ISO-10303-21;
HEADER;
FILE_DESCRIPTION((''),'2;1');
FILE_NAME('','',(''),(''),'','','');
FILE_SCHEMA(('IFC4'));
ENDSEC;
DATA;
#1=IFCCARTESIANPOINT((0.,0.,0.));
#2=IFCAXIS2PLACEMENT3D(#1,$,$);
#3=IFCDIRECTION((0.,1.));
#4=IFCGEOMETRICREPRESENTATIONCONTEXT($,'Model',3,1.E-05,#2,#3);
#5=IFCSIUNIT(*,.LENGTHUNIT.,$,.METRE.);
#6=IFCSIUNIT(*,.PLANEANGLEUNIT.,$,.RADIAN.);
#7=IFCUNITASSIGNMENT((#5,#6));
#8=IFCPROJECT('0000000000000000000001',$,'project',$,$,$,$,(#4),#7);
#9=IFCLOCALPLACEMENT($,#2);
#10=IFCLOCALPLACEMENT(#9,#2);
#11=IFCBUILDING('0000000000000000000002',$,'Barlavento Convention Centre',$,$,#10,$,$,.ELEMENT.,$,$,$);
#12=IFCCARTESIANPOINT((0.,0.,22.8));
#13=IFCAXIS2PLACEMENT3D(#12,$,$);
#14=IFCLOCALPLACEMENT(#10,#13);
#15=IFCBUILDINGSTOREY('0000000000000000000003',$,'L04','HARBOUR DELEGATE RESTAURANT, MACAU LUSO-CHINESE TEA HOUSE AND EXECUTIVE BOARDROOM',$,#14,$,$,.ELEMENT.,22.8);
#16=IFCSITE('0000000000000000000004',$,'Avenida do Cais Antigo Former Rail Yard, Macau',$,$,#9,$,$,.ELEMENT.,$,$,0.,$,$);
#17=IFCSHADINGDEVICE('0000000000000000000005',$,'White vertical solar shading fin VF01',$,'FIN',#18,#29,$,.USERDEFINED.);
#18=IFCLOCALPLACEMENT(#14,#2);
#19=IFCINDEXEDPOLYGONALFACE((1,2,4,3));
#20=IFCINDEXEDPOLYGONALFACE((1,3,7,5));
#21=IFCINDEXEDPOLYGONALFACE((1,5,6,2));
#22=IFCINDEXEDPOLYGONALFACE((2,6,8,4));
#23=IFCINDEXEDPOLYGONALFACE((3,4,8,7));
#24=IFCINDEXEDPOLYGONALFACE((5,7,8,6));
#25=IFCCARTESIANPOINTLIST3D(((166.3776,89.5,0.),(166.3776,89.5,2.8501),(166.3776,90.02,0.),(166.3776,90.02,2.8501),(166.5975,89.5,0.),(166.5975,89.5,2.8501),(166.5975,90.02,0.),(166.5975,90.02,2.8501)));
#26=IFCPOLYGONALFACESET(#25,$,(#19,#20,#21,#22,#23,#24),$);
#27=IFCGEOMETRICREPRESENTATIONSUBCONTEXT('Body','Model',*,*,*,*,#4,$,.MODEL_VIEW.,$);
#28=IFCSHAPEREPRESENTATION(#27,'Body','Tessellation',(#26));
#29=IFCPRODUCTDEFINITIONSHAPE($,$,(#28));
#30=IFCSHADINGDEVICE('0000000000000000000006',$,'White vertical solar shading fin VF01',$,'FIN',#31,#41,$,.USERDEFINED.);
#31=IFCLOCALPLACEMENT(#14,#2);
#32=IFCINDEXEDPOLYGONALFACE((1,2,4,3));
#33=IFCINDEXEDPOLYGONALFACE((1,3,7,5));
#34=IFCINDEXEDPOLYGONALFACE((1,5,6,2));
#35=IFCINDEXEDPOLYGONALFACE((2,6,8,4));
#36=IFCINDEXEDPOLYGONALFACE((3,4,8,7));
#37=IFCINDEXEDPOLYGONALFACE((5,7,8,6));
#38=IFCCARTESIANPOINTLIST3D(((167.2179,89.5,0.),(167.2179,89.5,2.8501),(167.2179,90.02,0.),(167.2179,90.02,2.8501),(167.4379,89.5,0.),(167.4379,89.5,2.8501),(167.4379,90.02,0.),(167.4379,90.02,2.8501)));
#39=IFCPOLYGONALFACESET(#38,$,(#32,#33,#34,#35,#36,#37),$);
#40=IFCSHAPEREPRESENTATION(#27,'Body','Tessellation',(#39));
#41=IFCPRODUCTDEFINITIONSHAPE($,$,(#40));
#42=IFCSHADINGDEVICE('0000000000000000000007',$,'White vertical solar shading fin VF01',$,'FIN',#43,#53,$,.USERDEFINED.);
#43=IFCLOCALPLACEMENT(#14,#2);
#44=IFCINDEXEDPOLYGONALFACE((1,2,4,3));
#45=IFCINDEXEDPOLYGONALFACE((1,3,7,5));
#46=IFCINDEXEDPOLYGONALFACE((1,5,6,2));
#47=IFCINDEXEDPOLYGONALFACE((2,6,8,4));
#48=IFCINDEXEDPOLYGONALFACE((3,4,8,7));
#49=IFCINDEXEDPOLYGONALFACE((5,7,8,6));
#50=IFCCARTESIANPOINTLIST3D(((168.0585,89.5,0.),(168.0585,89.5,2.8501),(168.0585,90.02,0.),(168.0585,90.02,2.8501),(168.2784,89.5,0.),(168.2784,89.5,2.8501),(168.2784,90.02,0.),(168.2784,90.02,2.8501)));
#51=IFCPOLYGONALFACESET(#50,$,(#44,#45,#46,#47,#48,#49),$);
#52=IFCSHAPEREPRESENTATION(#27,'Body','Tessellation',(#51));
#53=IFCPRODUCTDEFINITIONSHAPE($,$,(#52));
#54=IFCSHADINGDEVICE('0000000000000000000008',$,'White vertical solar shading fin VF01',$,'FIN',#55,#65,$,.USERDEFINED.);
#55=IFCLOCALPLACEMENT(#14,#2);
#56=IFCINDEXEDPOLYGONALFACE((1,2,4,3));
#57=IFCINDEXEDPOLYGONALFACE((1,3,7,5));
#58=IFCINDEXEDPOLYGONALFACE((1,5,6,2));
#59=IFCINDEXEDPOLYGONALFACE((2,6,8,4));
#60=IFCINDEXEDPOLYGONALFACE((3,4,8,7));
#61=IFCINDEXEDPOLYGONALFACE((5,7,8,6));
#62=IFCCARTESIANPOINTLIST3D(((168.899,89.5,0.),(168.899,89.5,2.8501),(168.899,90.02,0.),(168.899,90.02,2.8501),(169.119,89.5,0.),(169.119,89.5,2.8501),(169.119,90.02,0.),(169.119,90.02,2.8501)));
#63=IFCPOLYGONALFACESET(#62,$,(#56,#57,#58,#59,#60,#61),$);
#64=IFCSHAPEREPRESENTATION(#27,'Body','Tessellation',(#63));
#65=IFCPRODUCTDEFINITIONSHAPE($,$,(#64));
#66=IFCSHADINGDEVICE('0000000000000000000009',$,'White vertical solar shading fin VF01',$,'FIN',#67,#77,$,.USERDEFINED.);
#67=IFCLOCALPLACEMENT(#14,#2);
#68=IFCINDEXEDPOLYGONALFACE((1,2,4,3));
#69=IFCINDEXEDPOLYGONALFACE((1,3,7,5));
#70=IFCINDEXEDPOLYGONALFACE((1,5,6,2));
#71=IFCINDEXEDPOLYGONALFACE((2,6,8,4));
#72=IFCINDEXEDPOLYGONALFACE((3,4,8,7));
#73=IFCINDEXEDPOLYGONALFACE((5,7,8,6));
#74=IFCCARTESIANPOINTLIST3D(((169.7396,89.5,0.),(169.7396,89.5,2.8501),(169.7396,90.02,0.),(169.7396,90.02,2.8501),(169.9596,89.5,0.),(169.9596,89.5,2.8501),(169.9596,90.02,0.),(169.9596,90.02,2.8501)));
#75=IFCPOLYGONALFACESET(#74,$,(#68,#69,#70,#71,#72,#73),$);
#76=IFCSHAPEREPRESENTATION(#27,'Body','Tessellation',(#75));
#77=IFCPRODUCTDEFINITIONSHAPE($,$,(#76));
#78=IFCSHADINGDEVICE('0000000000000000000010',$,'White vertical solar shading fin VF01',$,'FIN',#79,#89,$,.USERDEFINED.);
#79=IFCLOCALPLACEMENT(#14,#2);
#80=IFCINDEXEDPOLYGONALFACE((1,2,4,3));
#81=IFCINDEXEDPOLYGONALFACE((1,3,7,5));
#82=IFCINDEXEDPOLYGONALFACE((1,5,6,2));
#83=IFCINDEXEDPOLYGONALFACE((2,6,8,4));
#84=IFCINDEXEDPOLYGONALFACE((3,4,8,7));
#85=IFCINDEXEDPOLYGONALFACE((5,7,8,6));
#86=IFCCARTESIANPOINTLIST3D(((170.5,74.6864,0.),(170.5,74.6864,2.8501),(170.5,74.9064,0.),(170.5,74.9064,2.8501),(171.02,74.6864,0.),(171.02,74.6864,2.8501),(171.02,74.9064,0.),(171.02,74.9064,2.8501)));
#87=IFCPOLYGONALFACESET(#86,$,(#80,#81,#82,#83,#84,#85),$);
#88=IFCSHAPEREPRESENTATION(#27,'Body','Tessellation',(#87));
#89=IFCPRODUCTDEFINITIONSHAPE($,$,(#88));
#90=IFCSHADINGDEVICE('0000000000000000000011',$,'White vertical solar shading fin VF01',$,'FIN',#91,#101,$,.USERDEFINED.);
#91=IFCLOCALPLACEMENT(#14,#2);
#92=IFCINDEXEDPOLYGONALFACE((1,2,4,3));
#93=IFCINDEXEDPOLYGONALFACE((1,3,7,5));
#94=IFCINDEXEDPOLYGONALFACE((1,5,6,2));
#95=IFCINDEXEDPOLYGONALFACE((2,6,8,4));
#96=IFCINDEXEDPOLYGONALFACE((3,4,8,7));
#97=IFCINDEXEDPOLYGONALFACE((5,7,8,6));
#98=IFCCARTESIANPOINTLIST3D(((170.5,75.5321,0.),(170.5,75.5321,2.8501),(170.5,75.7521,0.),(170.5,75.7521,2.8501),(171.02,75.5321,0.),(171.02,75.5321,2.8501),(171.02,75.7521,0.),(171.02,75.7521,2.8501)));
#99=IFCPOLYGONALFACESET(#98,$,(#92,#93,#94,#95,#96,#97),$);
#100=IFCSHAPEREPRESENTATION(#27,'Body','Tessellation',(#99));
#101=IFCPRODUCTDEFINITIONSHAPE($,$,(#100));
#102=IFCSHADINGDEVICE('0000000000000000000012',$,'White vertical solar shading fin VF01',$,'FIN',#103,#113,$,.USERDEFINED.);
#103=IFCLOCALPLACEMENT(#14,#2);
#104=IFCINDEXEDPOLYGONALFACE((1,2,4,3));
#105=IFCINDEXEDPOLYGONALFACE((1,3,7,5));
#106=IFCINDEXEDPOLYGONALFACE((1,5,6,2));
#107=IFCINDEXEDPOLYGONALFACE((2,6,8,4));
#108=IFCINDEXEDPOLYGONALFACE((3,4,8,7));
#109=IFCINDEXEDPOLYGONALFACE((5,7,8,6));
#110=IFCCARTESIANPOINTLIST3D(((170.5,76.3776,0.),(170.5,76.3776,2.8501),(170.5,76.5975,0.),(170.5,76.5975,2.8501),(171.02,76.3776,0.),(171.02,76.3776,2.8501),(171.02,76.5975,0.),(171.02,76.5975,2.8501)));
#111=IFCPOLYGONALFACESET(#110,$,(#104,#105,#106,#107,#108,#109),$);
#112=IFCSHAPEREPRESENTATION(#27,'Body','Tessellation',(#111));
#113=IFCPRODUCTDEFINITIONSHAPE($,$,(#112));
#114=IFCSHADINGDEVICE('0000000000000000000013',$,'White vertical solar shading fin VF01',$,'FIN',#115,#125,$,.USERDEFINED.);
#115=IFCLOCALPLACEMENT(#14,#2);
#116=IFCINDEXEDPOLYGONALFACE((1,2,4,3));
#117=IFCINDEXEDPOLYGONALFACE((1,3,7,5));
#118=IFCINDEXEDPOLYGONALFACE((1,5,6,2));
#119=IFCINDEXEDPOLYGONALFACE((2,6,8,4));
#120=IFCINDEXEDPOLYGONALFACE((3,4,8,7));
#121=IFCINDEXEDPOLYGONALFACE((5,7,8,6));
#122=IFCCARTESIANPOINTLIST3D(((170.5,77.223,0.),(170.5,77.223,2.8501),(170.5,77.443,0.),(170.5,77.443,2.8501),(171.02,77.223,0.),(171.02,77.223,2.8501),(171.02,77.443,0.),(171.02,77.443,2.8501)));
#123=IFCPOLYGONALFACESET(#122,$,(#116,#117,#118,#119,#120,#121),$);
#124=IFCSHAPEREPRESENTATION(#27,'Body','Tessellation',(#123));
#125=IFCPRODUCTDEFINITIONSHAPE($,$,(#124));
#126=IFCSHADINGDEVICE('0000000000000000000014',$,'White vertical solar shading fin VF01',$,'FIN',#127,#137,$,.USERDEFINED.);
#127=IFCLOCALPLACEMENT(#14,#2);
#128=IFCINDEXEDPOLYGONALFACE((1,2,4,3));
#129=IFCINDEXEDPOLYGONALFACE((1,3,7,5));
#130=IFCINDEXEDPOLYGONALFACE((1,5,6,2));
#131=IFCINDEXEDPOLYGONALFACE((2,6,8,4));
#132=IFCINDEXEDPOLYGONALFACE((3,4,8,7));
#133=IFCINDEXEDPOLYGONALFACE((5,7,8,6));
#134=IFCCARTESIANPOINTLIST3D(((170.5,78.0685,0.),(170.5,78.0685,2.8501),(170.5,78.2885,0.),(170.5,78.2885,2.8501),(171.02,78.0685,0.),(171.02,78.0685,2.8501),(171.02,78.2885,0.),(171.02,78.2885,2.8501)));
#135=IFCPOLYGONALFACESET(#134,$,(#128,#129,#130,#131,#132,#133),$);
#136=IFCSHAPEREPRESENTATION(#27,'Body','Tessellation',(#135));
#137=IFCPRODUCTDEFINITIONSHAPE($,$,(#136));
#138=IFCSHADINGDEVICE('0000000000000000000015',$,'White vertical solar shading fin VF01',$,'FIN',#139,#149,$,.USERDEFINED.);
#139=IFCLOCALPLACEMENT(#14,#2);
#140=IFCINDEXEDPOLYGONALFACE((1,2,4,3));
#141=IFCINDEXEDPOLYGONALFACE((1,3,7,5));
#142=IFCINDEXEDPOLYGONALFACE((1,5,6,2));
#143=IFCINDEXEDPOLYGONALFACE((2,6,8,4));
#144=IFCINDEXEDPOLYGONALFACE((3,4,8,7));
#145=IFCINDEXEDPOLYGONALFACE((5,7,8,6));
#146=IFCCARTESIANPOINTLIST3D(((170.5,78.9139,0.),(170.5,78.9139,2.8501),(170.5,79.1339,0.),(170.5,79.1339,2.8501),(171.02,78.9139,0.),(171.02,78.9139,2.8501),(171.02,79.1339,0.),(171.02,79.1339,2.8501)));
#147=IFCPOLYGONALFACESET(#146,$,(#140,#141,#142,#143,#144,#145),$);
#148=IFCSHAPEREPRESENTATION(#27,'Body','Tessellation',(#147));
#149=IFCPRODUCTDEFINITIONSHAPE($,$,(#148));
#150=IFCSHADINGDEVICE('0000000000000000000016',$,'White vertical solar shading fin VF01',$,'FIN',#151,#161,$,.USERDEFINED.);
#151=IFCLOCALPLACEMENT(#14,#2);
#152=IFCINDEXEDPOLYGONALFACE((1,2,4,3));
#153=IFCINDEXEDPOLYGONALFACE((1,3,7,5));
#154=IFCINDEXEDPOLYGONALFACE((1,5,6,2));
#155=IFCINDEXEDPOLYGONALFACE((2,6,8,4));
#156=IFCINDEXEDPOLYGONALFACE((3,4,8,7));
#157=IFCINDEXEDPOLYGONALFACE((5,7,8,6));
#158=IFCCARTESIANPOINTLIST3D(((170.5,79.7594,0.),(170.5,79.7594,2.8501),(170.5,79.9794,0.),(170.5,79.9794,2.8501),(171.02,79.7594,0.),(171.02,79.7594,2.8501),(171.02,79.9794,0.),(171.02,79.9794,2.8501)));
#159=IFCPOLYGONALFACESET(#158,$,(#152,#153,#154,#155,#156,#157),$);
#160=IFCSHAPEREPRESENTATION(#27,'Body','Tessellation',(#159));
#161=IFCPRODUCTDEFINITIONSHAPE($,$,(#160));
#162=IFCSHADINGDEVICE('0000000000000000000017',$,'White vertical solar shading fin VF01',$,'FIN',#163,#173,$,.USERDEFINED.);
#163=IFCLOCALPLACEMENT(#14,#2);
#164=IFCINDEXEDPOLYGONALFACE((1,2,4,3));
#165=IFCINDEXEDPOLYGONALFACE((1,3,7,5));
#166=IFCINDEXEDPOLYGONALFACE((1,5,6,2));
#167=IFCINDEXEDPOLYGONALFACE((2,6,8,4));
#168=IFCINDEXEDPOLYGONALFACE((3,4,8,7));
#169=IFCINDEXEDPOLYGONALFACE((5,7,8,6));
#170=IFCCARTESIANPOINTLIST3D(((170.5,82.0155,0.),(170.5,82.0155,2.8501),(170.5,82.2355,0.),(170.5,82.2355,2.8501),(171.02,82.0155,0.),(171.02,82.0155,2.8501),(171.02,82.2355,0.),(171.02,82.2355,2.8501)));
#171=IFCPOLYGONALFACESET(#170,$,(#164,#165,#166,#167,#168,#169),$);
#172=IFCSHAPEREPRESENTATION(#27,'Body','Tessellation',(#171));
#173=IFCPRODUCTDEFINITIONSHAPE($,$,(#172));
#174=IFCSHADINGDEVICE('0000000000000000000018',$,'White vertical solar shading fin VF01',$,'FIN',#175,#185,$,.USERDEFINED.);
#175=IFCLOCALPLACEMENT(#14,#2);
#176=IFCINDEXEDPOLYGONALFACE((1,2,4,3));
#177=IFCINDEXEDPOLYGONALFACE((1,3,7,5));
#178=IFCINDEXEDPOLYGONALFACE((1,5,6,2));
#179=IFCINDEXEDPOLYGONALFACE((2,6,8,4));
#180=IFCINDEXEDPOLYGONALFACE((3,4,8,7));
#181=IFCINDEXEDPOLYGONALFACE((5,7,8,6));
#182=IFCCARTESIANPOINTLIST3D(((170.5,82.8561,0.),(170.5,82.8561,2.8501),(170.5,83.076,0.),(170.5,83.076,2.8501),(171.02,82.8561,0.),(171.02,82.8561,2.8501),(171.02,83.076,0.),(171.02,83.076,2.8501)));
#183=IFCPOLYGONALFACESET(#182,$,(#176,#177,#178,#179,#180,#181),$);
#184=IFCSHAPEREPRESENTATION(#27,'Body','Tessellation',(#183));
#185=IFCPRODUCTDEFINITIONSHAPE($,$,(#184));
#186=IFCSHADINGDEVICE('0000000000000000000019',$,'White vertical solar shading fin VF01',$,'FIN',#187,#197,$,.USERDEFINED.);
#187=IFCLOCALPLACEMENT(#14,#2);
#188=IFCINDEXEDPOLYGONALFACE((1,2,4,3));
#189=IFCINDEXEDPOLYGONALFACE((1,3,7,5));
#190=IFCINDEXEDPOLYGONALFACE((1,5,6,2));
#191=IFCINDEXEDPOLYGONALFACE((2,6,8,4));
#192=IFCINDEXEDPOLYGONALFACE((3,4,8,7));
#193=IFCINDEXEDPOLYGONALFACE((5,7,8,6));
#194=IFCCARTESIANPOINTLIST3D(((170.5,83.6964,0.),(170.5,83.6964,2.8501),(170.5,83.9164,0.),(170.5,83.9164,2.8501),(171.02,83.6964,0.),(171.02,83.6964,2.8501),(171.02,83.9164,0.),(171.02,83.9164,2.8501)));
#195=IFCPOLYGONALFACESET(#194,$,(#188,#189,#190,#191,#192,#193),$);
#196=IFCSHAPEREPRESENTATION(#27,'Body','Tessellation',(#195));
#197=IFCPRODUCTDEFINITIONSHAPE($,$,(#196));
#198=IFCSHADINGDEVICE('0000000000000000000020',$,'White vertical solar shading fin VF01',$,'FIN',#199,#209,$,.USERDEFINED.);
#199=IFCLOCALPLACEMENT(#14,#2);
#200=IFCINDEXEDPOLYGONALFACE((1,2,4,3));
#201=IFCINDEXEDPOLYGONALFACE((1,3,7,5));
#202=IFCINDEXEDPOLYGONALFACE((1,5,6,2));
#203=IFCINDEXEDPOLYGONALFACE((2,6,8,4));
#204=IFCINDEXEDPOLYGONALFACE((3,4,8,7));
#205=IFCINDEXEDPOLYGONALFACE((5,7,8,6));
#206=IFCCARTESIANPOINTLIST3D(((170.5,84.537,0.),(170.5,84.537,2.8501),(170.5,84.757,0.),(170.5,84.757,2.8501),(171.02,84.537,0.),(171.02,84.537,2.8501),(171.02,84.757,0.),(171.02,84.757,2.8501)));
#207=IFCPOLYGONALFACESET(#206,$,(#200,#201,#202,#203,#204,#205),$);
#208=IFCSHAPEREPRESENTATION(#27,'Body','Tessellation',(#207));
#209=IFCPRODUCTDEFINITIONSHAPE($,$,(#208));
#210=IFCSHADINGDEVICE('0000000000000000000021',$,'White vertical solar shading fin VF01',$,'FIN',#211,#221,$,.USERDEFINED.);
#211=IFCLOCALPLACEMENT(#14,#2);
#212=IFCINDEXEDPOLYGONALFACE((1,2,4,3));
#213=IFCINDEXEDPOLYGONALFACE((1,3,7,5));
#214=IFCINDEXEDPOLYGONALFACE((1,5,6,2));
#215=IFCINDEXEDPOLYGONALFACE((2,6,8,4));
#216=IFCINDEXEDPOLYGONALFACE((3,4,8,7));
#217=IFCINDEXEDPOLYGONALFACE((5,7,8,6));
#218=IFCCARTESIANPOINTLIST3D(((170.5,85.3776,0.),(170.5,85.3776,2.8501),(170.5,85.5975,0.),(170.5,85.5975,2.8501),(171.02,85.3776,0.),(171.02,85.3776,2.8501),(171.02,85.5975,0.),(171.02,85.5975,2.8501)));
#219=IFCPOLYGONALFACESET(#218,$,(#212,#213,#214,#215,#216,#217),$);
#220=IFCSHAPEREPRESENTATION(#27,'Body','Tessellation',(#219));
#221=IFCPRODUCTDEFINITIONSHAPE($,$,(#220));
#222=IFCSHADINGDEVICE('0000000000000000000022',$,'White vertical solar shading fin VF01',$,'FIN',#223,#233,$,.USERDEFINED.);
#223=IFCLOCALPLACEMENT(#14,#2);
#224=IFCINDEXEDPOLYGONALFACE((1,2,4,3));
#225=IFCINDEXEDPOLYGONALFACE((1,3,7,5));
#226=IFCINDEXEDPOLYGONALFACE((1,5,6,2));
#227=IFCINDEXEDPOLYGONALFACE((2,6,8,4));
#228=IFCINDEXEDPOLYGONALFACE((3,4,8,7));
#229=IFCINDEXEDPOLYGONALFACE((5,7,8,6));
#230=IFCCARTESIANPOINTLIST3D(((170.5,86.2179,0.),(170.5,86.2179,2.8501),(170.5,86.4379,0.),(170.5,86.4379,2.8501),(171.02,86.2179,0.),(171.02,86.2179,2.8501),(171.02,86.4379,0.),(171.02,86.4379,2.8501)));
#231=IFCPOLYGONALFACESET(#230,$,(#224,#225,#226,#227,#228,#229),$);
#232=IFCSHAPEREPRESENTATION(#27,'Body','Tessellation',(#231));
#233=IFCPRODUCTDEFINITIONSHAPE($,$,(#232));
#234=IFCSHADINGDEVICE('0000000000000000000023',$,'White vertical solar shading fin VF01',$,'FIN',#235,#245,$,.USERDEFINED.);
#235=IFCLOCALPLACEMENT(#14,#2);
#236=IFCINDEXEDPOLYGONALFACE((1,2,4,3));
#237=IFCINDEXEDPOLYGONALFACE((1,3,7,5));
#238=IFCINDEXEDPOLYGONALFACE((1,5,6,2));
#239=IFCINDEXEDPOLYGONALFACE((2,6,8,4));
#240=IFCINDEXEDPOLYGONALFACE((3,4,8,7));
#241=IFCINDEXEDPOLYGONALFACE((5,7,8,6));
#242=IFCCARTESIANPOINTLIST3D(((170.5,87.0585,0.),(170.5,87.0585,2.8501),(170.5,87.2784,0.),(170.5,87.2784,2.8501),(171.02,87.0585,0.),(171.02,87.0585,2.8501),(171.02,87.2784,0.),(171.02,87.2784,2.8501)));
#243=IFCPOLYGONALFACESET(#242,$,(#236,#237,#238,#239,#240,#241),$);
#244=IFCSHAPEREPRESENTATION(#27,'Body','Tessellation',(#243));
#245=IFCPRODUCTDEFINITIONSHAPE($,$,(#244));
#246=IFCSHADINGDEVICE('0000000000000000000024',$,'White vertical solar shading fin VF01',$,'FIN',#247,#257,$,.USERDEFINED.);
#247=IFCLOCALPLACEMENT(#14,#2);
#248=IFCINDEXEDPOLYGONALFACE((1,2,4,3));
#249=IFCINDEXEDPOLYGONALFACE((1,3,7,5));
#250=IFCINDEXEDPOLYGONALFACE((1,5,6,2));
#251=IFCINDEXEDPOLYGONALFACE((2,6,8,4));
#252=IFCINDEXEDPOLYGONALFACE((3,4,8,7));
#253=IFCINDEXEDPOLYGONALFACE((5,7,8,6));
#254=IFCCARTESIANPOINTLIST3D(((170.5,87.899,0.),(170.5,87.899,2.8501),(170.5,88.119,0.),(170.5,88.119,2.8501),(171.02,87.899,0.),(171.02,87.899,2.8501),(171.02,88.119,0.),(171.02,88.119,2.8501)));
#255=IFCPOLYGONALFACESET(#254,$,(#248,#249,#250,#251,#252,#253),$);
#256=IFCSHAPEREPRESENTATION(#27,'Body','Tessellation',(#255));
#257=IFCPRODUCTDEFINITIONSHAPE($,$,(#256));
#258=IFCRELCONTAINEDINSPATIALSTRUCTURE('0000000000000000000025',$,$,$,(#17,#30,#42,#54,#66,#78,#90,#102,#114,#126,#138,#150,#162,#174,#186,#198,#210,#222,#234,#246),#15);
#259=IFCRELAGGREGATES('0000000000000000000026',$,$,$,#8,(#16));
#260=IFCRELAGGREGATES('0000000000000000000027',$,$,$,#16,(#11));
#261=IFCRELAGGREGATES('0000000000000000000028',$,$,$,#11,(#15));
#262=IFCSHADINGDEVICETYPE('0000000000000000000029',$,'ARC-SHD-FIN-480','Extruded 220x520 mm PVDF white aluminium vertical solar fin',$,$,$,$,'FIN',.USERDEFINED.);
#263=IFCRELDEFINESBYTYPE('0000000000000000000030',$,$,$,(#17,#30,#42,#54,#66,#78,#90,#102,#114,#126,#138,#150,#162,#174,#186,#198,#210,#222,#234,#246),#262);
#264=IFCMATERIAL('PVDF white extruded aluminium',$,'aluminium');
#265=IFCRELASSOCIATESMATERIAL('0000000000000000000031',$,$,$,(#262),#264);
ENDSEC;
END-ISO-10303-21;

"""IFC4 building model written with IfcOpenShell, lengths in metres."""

from ifc_helpers import new_model, si_unit, direction, frame, origin, origin_2d, place, context, subcontext, project, spatial, rectangle, extrude, material, type_object, element, save


model = new_model("IFC4")

# Units and contexts
model_context = context("Model", 3, precision=1e-05, world=origin(), true_north=direction((0.0, 1.0)))
body_context = subcontext(model_context, "Body", "Model", "MODEL_VIEW")
ifc_project = project(units=[si_unit("LENGTHUNIT", "METRE"), si_unit("PLANEANGLEUNIT", "RADIAN")], contexts=[model_context])

# Site, building, storey
site_placement = place(None, origin())
site = spatial("IfcSite", under=ifc_project, at=site_placement, Name="Avenida do Cais Antigo Former Rail Yard, Macau", CompositionType="ELEMENT", RefElevation=0.0)
building_placement = place(site_placement, origin())
building = spatial("IfcBuilding", under=site, at=building_placement, Name="Barlavento Convention Centre", CompositionType="ELEMENT")
storey_placement = place(building_placement, frame((0.0, 0.0, 22.8)))
storey = spatial("IfcBuildingStorey", under=building, at=storey_placement, Name="L04", Description="HARBOUR DELEGATE RESTAURANT, MACAU LUSO-CHINESE TEA HOUSE AND EXECUTIVE BOARDROOM", CompositionType="ELEMENT", Elevation=22.8)

# Shading devices
ifc_material = material(Name="PVDF white extruded aluminium", Category="aluminium")
shading_device_type = type_object("IfcShadingDeviceType", Name="ARC-SHD-FIN-480", Description="Extruded 220x520 mm PVDF white aluminium vertical solar fin", ElementType="FIN", PredefinedType="USERDEFINED", material=ifc_material)
for number, where, z_axis, x_axis, name in (
    (1, (166.4875, 89.76, 0.0), (0.0, 0.0, 1.0), (1.0, 0.0, 0.0), "White vertical solar shading fin VF01"),
    (2, (167.3279, 89.76, 0.0), (0.0, 0.0, 1.0), (1.0, 0.0, 0.0), "White vertical solar shading fin VF01"),
    (3, (168.1685, 89.76, 0.0), (0.0, 0.0, 1.0), (1.0, 0.0, 0.0), "White vertical solar shading fin VF01"),
    (4, (169.009, 89.76, 0.0), (0.0, 0.0, 1.0), (1.0, 0.0, 0.0), "White vertical solar shading fin VF01"),
    (5, (169.8496, 89.76, 0.0), (0.0, 0.0, 1.0), (1.0, 0.0, 0.0), "White vertical solar shading fin VF01"),
    (6, (170.76, 74.7964, 0.0), (0.0, 0.0, 1.0), (0.0, 1.0, 0.0), "White vertical solar shading fin VF01"),
    (7, (170.76, 75.6421, 0.0), (0.0, 0.0, 1.0), (0.0, 1.0, 0.0), "White vertical solar shading fin VF01"),
    (8, (170.76, 76.4875, 0.0), (0.0, 0.0, 1.0), (0.0, 1.0, 0.0), "White vertical solar shading fin VF01"),
    (9, (170.76, 77.333, 0.0), (0.0, 0.0, 1.0), (0.0, 1.0, 0.0), "White vertical solar shading fin VF01"),
    (10, (170.76, 78.1785, 0.0), (0.0, 0.0, 1.0), (0.0, 1.0, 0.0), "White vertical solar shading fin VF01"),
    (11, (170.76, 79.0239, 0.0), (0.0, 0.0, 1.0), (0.0, 1.0, 0.0), "White vertical solar shading fin VF01"),
    (12, (170.76, 79.8694, 0.0), (0.0, 0.0, 1.0), (0.0, 1.0, 0.0), "White vertical solar shading fin VF01"),
    (13, (170.76, 82.1255, 0.0), (0.0, 0.0, 1.0), (0.0, 1.0, 0.0), "White vertical solar shading fin VF01"),
    (14, (170.76, 82.9661, 0.0), (0.0, 0.0, 1.0), (0.0, 1.0, 0.0), "White vertical solar shading fin VF01"),
    (15, (170.76, 83.8064, 0.0), (0.0, 0.0, 1.0), (0.0, 1.0, 0.0), "White vertical solar shading fin VF01"),
    (16, (170.76, 84.647, 0.0), (0.0, 0.0, 1.0), (0.0, 1.0, 0.0), "White vertical solar shading fin VF01"),
    (17, (170.76, 85.4875, 0.0), (0.0, 0.0, 1.0), (0.0, 1.0, 0.0), "White vertical solar shading fin VF01"),
    (18, (170.76, 86.3279, 0.0), (0.0, 0.0, 1.0), (0.0, 1.0, 0.0), "White vertical solar shading fin VF01"),
    (19, (170.76, 87.1685, 0.0), (0.0, 0.0, 1.0), (0.0, 1.0, 0.0), "White vertical solar shading fin VF01"),
    (20, (170.76, 88.009, 0.0), (0.0, 0.0, 1.0), (0.0, 1.0, 0.0), "White vertical solar shading fin VF01"),
):
    element("IfcShadingDevice", number, at=place(storey_placement, frame(where, z_axis=z_axis, x_axis=x_axis)), inside=storey, type_object=shading_device_type, Name=name, ObjectType="FIN", PredefinedType="USERDEFINED", context=body_context, shape_type="SweptSolid", body=[
        extrude(rectangle(XDim=0.22, YDim=0.52, at=origin_2d()), origin(), (0.0, 0.0, 1.0), 2.8501),
    ])

save(model, "model.ifc")
